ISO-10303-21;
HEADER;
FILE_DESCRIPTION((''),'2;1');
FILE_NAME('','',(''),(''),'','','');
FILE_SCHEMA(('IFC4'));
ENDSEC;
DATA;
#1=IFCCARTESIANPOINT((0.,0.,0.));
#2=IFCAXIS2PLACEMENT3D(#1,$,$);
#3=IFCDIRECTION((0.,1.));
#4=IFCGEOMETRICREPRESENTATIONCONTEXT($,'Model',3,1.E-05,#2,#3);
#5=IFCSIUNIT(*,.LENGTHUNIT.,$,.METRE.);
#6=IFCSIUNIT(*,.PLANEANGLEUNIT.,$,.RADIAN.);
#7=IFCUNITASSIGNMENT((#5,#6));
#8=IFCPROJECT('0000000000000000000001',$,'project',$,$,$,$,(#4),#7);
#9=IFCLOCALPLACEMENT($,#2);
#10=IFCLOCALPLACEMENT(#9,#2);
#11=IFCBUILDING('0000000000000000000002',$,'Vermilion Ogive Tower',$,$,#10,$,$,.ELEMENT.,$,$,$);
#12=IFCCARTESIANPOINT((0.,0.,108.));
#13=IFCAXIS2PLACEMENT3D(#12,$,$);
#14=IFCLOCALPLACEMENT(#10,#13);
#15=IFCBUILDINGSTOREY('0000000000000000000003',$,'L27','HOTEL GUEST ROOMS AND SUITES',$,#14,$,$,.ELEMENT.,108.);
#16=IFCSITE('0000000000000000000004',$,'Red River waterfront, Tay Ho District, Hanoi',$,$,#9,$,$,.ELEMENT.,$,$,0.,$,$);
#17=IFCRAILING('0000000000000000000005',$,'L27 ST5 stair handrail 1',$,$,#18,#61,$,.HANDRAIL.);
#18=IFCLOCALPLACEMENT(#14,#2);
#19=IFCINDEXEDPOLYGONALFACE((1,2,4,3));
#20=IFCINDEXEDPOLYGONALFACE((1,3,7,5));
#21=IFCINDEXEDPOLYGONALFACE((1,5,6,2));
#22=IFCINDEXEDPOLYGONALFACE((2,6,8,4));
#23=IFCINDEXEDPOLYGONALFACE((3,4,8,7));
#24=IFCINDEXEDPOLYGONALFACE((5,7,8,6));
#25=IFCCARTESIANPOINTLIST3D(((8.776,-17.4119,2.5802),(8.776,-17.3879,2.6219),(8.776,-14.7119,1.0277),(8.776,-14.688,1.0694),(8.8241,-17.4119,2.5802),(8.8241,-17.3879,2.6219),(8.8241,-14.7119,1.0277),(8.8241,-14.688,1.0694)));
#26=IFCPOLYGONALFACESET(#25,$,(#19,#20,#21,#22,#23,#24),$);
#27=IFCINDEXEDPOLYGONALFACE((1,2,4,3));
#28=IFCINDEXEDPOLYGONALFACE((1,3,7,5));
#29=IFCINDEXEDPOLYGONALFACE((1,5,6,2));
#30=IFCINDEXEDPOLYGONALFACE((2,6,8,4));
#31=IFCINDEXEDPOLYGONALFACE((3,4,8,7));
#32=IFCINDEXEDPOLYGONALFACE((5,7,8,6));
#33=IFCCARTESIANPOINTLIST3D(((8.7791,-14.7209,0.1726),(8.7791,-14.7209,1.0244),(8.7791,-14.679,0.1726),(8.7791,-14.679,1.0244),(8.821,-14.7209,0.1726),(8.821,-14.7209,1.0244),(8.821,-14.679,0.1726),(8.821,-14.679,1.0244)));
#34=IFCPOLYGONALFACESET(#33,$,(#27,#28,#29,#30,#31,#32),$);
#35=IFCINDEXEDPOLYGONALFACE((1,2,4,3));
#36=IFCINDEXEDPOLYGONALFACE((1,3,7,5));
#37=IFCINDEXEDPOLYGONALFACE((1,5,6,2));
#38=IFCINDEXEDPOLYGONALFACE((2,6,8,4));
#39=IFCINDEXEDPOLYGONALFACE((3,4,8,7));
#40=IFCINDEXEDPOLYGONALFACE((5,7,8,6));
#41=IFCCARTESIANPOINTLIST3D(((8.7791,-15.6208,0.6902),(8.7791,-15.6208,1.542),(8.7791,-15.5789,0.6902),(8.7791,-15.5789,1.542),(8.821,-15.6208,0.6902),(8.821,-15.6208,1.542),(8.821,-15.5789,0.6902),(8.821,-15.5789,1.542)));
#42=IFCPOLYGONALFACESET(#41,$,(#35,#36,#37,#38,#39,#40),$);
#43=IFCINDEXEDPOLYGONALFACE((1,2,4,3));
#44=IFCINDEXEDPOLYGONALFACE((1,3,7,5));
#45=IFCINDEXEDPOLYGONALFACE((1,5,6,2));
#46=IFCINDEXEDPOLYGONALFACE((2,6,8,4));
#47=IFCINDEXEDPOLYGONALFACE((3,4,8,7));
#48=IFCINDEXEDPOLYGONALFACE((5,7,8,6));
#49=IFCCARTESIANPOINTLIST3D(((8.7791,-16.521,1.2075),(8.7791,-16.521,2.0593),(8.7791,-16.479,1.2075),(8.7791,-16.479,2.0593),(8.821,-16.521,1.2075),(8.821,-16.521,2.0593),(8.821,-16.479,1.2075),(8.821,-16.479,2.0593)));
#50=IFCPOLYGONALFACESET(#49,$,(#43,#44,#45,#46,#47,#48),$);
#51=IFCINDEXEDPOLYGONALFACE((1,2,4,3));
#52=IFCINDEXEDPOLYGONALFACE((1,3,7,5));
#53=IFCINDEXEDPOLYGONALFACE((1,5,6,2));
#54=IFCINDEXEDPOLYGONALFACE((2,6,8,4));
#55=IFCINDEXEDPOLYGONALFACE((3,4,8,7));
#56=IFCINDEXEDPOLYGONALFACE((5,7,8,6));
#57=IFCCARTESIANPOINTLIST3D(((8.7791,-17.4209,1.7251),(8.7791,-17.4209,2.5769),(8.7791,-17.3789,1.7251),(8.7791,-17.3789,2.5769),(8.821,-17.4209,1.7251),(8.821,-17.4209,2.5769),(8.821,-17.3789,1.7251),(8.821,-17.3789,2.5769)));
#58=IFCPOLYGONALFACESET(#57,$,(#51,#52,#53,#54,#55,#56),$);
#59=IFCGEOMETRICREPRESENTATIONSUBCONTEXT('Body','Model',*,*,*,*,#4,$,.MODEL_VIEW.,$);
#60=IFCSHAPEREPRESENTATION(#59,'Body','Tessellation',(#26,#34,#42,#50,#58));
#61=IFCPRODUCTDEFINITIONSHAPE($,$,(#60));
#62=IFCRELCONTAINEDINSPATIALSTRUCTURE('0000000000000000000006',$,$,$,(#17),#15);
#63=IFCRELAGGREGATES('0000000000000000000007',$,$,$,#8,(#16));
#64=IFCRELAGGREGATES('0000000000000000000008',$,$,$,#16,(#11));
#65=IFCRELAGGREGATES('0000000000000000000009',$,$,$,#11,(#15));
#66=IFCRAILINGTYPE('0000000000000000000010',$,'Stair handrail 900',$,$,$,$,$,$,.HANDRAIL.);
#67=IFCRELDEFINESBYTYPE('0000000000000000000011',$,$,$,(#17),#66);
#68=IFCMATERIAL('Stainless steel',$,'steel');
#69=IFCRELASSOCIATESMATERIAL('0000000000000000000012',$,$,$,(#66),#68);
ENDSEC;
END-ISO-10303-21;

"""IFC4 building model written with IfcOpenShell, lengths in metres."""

from ifc_helpers import new_model, si_unit, direction, frame, origin, origin_2d, place, context, subcontext, project, spatial, rectangle, extrude, material, type_object, element, save


model = new_model("IFC4")

# Units and contexts
model_context = context("Model", 3, precision=1e-05, world=origin(), true_north=direction((0.0, 1.0)))
body_context = subcontext(model_context, "Body", "Model", "MODEL_VIEW")
ifc_project = project(units=[si_unit("LENGTHUNIT", "METRE"), si_unit("PLANEANGLEUNIT", "RADIAN")], contexts=[model_context])

# Site, building, storey
site_placement = place(None, origin())
site = spatial("IfcSite", under=ifc_project, at=site_placement, Name="Red River waterfront, Tay Ho District, Hanoi", CompositionType="ELEMENT", RefElevation=0.0)
building_placement = place(site_placement, origin())
building = spatial("IfcBuilding", under=site, at=building_placement, Name="Vermilion Ogive Tower", CompositionType="ELEMENT")
storey_placement = place(building_placement, frame((0.0, 0.0, 108.0)))
storey = spatial("IfcBuildingStorey", under=building, at=storey_placement, Name="L27", Description="HOTEL GUEST ROOMS AND SUITES", CompositionType="ELEMENT", Elevation=108.0)

# Railing
ifc_material_1 = material(Name="Stainless steel", Category="steel")
railing_type_1 = type_object("IfcRailingType", Name="Stair handrail 900", PredefinedType="HANDRAIL", material=ifc_material_1)
railing_1_placement = place(storey_placement, frame((8.8, -14.7, 0.1726)))
element("IfcRailing", 1, at=railing_1_placement, inside=storey, type_object=railing_type_1, Name="L27 ST5 stair handrail 1", PredefinedType="HANDRAIL", context=body_context, shape_type="SweptSolid", body=[
    extrude(rectangle(XDim=0.0481, YDim=0.0481, at=origin_2d()), frame((0.0, 0.0, 0.876), z_axis=(0.0, -0.866904, 0.498476), x_axis=(1.0, 0.0, 0.0)), (0.0, 0.0, 1.0), 3.1145),
    extrude(rectangle(XDim=0.042, YDim=0.042, at=origin_2d()), origin(), (0.0, 0.0, 1.0), 0.8518),
    extrude(rectangle(XDim=0.042, YDim=0.042, at=origin_2d()), frame((0.0, -0.8999, 0.5176)), (0.0, 0.0, 1.0), 0.8518),
    extrude(rectangle(XDim=0.042, YDim=0.042, at=origin_2d()), frame((0.0, -1.8, 1.0349)), (0.0, 0.0, 1.0), 0.8518),
    extrude(rectangle(XDim=0.042, YDim=0.042, at=origin_2d()), frame((0.0, -2.7, 1.5525)), (0.0, 0.0, 1.0), 0.8518),
])

save(model, "model.ifc")
